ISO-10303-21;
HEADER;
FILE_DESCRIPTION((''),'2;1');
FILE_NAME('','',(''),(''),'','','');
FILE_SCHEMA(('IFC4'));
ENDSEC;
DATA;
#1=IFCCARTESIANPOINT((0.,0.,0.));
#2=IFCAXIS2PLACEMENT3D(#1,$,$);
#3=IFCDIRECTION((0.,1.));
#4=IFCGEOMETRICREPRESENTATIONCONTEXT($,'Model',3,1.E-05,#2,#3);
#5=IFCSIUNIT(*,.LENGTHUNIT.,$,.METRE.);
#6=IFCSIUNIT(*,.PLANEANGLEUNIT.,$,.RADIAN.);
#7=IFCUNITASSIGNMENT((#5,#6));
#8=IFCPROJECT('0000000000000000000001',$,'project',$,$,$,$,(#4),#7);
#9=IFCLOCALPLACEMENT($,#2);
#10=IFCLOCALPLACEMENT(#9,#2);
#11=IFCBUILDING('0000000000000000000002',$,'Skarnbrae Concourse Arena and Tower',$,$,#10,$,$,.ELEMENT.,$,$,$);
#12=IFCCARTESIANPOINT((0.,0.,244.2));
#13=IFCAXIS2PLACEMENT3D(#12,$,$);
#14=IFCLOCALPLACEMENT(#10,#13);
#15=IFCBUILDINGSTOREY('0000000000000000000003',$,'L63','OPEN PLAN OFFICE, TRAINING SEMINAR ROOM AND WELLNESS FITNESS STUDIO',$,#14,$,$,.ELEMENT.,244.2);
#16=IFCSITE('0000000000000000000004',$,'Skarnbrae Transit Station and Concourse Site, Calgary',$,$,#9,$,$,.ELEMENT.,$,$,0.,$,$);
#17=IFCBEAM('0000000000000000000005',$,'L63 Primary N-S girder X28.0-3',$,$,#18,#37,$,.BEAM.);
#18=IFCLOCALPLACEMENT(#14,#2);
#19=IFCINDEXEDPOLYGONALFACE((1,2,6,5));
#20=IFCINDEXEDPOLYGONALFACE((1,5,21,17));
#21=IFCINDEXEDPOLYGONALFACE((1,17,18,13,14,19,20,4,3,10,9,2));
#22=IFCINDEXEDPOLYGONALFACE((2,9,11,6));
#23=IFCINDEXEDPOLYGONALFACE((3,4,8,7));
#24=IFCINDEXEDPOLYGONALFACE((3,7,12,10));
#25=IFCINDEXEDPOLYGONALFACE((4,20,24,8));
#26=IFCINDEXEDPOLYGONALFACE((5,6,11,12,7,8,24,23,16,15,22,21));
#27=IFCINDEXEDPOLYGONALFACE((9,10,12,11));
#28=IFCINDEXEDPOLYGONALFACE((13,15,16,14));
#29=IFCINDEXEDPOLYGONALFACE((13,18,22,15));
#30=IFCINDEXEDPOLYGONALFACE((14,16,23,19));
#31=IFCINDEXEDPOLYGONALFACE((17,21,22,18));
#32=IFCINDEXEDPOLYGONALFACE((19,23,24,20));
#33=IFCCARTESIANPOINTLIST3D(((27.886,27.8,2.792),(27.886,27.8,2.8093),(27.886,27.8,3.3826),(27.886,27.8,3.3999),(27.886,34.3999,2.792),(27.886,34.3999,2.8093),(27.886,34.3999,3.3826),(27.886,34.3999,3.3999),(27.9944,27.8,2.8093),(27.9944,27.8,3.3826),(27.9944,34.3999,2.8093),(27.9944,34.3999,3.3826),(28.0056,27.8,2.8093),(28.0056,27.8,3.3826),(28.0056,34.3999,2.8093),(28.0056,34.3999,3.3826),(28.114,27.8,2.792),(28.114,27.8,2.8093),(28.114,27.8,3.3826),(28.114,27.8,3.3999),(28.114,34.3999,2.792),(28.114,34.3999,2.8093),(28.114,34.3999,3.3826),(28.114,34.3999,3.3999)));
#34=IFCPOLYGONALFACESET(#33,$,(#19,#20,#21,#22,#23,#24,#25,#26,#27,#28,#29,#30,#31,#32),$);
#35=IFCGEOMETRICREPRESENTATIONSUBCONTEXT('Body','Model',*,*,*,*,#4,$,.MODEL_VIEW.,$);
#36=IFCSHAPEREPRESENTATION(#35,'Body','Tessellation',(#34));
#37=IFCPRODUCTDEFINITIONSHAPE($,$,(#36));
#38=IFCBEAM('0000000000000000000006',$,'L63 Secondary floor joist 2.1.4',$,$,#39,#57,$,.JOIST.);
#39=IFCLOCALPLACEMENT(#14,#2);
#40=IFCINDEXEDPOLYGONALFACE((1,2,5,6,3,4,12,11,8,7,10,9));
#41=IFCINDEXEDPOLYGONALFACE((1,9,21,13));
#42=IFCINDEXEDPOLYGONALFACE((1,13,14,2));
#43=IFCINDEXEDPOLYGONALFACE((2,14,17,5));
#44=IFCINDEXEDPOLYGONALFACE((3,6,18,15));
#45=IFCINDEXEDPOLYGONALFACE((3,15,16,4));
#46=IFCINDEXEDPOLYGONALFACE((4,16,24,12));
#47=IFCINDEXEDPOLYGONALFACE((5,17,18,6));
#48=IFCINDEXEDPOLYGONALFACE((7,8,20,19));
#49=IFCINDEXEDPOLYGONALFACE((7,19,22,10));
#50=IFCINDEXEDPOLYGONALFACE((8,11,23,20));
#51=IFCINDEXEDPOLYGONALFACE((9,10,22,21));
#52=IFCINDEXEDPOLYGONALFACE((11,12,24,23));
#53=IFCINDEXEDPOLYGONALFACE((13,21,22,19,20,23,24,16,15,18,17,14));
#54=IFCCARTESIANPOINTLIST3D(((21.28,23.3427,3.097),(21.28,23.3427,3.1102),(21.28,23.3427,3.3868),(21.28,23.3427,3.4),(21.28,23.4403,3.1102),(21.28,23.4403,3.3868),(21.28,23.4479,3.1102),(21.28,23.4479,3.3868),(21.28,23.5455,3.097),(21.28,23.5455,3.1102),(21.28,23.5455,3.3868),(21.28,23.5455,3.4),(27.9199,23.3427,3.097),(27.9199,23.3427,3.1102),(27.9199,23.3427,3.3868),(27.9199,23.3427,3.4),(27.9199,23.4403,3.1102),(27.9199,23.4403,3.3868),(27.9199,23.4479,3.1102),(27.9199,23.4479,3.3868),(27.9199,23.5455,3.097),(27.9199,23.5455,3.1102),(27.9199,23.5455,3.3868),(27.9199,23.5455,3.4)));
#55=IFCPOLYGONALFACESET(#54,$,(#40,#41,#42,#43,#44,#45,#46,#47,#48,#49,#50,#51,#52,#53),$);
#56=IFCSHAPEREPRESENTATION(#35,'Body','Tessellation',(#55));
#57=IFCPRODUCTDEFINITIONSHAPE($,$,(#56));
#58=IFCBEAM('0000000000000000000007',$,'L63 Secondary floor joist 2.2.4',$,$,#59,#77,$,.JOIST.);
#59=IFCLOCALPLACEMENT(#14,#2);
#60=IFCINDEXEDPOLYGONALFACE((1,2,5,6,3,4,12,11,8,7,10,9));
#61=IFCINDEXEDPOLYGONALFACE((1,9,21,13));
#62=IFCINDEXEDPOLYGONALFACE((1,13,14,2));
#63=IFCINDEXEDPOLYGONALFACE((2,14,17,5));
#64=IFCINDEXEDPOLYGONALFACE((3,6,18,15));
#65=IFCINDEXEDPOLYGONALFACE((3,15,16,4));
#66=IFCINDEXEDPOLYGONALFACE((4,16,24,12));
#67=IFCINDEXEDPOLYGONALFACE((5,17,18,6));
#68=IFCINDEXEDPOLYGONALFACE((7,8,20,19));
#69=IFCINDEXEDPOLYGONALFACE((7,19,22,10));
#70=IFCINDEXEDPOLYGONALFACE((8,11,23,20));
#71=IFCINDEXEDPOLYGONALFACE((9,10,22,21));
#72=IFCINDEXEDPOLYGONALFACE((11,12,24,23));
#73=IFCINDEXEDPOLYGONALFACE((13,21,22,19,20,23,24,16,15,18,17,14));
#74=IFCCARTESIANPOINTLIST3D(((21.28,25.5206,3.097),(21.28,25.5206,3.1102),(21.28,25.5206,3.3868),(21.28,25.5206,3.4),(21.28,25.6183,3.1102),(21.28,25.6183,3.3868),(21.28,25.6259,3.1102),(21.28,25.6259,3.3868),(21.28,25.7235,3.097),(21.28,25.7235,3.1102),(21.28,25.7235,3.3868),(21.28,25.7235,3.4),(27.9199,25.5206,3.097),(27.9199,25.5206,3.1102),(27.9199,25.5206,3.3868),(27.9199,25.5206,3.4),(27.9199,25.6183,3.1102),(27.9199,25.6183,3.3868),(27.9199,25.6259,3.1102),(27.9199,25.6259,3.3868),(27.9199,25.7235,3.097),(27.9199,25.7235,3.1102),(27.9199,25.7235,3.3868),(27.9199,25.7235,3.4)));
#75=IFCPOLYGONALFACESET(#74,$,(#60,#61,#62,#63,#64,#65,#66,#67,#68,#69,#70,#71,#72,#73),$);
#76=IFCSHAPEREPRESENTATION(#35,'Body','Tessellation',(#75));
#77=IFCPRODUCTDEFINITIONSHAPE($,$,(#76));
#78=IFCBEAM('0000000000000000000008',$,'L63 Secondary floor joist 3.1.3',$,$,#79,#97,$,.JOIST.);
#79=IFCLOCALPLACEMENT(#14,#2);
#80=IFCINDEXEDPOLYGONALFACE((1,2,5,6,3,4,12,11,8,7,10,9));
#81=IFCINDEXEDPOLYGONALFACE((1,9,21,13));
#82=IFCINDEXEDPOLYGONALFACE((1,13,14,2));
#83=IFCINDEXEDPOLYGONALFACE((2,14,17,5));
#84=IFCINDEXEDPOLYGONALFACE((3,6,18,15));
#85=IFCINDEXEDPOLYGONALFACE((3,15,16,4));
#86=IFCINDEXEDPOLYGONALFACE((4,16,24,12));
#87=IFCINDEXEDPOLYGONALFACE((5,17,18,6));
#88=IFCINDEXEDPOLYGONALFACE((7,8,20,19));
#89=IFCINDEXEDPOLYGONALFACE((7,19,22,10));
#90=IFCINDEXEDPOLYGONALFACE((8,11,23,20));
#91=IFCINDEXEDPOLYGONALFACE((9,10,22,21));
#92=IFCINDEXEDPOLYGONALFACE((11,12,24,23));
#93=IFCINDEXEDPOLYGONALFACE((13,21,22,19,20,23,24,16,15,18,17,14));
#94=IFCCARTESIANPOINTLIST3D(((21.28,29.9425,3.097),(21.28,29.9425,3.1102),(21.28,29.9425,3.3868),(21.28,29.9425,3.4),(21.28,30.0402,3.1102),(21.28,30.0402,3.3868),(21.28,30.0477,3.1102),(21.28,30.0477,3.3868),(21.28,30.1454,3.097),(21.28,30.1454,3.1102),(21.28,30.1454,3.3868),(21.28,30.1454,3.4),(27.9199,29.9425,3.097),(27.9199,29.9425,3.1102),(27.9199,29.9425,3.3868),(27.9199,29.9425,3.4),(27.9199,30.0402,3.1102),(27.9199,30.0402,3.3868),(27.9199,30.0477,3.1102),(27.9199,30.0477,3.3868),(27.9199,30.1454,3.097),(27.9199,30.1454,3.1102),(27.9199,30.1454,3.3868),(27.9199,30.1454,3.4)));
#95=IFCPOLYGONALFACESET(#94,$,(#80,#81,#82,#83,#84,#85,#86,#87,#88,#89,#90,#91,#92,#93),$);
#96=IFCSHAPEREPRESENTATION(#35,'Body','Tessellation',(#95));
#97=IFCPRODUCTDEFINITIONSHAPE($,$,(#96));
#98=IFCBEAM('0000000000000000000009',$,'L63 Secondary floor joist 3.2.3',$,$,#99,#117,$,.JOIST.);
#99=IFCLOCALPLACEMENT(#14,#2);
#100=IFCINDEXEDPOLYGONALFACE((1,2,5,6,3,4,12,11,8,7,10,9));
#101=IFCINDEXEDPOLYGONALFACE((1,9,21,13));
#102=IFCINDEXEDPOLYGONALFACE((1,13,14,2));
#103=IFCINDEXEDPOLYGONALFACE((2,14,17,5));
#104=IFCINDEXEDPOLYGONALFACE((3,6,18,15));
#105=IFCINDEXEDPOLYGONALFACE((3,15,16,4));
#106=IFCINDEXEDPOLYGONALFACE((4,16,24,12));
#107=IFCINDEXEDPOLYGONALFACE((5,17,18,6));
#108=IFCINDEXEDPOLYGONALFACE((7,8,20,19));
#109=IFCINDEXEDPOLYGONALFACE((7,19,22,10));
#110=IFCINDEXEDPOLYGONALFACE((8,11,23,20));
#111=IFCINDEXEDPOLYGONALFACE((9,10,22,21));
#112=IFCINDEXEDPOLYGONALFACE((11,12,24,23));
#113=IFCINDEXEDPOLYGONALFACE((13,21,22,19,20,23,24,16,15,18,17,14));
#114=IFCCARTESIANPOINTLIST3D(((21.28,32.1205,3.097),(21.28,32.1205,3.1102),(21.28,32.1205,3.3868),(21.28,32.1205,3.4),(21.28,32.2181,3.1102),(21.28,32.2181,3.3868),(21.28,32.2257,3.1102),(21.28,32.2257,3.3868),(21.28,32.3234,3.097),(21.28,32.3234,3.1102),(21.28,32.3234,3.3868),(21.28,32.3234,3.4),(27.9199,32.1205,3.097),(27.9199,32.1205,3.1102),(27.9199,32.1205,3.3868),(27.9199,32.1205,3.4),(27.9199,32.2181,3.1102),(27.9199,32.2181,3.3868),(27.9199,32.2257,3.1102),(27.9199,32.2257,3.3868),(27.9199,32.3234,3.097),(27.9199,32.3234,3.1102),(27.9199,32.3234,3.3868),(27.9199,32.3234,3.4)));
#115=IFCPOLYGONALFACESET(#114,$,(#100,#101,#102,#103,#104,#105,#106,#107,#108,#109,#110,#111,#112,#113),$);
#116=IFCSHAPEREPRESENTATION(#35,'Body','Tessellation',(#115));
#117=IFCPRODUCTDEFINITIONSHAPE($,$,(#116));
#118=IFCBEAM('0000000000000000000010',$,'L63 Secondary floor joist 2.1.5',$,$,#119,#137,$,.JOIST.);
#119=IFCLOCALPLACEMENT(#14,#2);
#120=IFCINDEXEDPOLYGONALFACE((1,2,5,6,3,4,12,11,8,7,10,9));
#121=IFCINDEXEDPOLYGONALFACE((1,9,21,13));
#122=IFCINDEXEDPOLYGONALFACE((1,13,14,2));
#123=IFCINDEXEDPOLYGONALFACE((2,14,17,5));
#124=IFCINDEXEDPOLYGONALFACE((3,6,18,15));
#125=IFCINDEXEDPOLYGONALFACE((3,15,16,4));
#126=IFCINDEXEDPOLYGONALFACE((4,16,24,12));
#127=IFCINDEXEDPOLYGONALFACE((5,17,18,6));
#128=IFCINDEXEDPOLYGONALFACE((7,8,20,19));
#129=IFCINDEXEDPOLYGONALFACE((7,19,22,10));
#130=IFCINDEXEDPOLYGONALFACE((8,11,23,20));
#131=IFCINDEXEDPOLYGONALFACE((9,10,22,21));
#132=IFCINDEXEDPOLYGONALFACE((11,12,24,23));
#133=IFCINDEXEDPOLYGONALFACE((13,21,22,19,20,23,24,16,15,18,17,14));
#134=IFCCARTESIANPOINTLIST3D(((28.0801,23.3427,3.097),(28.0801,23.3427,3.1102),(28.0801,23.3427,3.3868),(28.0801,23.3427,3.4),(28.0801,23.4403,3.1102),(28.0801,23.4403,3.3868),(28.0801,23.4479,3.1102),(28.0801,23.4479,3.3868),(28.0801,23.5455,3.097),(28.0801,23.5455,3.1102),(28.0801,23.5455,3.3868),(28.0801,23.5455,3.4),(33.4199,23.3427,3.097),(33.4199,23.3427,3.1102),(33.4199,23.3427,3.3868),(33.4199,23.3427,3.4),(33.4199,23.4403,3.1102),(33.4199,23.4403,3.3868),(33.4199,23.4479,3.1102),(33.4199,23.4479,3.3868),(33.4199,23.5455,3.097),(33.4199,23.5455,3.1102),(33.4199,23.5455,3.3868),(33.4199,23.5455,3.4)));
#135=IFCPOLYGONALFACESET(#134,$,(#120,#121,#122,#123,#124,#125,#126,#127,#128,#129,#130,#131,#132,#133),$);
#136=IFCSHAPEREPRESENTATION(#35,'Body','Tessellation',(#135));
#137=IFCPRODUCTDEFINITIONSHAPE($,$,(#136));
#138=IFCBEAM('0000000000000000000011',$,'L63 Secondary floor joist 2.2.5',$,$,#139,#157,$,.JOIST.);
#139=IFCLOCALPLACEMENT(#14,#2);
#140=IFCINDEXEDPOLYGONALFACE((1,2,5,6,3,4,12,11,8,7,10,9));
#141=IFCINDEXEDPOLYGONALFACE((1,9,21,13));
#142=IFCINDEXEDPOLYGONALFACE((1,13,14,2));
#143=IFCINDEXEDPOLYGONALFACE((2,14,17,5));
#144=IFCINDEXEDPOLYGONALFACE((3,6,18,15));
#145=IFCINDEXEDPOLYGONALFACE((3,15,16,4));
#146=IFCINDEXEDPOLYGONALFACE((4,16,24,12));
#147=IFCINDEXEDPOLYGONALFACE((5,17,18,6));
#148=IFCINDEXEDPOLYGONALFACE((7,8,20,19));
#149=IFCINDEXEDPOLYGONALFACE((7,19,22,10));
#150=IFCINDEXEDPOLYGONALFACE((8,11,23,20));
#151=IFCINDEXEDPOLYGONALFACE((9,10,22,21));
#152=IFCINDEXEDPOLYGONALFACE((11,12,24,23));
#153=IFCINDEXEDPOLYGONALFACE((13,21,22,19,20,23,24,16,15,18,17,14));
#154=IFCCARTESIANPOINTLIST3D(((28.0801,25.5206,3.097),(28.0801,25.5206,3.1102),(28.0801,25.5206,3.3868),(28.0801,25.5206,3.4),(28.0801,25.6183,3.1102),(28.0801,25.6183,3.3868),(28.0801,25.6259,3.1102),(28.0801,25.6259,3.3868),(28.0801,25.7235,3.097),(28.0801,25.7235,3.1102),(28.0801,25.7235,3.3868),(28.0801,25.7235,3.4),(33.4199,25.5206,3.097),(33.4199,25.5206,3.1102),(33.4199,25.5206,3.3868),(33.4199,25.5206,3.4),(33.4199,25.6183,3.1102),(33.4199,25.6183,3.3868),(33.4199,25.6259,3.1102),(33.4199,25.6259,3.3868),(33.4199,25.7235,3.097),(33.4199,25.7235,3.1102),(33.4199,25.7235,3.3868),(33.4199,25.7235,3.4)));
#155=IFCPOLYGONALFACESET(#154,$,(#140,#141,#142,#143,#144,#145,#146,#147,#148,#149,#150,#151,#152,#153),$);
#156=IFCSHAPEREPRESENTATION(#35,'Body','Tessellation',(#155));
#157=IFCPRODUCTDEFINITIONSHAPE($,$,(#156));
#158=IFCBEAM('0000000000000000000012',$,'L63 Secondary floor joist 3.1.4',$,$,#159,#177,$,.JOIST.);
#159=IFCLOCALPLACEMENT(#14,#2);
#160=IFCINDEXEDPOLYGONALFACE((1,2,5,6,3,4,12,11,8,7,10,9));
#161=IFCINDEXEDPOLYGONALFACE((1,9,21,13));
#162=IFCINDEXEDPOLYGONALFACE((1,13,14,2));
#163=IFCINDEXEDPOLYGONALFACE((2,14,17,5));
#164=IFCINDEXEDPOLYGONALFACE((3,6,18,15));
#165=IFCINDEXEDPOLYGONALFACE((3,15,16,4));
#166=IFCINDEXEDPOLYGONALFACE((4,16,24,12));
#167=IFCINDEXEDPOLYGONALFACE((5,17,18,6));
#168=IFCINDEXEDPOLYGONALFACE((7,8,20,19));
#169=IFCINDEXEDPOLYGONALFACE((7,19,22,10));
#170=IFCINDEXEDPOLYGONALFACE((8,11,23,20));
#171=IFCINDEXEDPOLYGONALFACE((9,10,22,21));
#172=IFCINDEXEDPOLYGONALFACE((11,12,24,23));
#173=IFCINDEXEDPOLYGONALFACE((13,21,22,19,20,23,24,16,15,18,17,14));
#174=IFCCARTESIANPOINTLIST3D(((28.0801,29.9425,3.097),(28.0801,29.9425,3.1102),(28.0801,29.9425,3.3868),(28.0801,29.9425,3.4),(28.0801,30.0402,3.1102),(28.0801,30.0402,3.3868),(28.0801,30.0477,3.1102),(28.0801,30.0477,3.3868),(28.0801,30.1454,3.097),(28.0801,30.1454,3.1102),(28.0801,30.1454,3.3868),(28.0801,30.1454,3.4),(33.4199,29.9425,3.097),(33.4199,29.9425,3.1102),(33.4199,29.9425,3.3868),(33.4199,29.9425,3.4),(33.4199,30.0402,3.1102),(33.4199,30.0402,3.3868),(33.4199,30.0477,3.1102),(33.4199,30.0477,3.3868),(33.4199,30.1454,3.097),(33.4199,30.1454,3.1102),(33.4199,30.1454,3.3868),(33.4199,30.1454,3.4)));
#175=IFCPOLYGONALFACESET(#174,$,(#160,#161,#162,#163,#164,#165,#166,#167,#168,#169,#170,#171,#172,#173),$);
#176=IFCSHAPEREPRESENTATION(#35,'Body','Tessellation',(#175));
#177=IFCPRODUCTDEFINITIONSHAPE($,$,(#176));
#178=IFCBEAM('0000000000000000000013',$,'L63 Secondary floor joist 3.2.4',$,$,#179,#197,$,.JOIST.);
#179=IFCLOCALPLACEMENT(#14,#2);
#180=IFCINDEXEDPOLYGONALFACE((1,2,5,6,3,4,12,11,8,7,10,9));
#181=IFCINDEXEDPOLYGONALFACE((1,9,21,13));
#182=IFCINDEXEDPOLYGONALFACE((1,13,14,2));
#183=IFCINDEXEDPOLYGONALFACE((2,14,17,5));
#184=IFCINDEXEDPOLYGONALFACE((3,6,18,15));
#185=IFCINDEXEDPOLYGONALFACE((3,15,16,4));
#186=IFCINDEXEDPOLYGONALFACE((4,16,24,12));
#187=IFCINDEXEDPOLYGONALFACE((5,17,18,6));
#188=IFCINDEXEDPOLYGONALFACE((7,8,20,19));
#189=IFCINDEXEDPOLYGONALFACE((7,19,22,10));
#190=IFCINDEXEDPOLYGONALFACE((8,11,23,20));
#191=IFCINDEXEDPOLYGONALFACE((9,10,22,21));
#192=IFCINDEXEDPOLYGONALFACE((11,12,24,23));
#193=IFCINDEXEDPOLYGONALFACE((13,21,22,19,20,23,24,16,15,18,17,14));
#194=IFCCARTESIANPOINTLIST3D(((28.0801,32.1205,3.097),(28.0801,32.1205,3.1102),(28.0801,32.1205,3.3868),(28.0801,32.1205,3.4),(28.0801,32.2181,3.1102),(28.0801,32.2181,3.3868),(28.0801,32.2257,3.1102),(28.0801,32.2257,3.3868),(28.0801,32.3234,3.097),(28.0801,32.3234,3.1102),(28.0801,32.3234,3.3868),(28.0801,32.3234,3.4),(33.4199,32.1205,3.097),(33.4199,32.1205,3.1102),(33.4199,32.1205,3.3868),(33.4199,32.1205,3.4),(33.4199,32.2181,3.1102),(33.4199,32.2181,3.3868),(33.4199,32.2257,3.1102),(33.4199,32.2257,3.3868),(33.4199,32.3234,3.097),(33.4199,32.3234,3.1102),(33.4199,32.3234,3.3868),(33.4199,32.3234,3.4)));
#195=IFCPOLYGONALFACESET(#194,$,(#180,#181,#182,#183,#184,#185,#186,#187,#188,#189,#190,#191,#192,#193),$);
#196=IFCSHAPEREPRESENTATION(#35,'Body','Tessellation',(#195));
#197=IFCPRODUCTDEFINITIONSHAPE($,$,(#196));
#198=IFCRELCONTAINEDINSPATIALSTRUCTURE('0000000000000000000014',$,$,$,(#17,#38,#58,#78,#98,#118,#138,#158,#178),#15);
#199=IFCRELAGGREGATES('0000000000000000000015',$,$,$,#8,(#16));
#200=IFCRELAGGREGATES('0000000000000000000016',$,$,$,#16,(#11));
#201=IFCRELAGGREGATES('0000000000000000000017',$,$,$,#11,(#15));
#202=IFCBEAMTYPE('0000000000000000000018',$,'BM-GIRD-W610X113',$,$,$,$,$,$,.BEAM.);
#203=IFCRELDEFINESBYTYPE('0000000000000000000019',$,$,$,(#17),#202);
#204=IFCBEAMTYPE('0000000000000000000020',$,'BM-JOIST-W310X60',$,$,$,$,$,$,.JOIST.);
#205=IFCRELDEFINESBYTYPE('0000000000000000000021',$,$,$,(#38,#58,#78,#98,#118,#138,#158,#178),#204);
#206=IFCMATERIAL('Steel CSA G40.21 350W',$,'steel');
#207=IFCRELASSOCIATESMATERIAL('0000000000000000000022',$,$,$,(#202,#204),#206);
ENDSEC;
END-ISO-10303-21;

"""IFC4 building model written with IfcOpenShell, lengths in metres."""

from ifc_helpers import new_model, si_unit, direction, frame, origin, origin_2d, place, context, subcontext, project, spatial, i_section, extrude, source, transform, mapped, material, material_profile, profile_set, type_object, element, save


model = new_model("IFC4")

# Units and contexts
model_context = context("Model", 3, precision=1e-05, world=origin(), true_north=direction((0.0, 1.0)))
body_context = subcontext(model_context, "Body", "Model", "MODEL_VIEW")
ifc_project = project(units=[si_unit("LENGTHUNIT", "METRE"), si_unit("PLANEANGLEUNIT", "RADIAN")], contexts=[model_context])

# Site, building, storey
site_placement = place(None, origin())
site = spatial("IfcSite", under=ifc_project, at=site_placement, Name="Skarnbrae Transit Station and Concourse Site, Calgary", CompositionType="ELEMENT", RefElevation=0.0)
building_placement = place(site_placement, origin())
building = spatial("IfcBuilding", under=site, at=building_placement, Name="Skarnbrae Concourse Arena and Tower", CompositionType="ELEMENT")
storey_placement = place(building_placement, frame((0.0, 0.0, 244.2)))
storey = spatial("IfcBuildingStorey", under=building, at=storey_placement, Name="L63", Description="OPEN PLAN OFFICE, TRAINING SEMINAR ROOM AND WELLNESS FITNESS STUDIO", CompositionType="ELEMENT", Elevation=244.2)

# Shared definitions
ifc_material_1 = material(Name="Steel CSA G40.21 350W", Category="steel")

# Beams
ifc_material_profile_1 = material_profile(ifc_material_1, i_section(OverallWidth=0.228, OverallDepth=0.6079, WebThickness=0.0112, FlangeThickness=0.0173, at=origin_2d()), Name="W610X113")
ifc_profile_set_1 = profile_set([ifc_material_profile_1], Name="Steel CSA G40.21 350W")
beam_type_1 = type_object("IfcBeamType", Name="BM-GIRD-W610X113", PredefinedType="BEAM", material=ifc_profile_set_1)
shared_shape_1 = source(origin(), body_context, "Body", "SweptSolid", [
    extrude(i_section(OverallWidth=0.228, OverallDepth=0.6079, WebThickness=0.0112, FlangeThickness=0.0173, at=origin_2d()), origin(), (0.0, 0.0, 1.0), 6.5999),
])
for number, where, z_axis, x_axis, name in (
    (1, (28.0, 27.8, 3.0959), (0.0, 1.0, 0.0), (-1.0, 0.0, 0.0), "L63 Primary N-S girder X28.0-3"),
):
    element("IfcBeam", number, at=place(storey_placement, frame(where, z_axis=z_axis, x_axis=x_axis)), inside=storey, type_object=beam_type_1, Name=name, PredefinedType="BEAM", context=body_context, shape_type="MappedRepresentation", body=[
        mapped(shared_shape_1, transform((0.0, 0.0, 0.0))),
    ])
ifc_material_profile_2 = material_profile(ifc_material_1, i_section(OverallWidth=0.2029, OverallDepth=0.303, WebThickness=0.0076, FlangeThickness=0.0132, at=origin_2d()), Name="W310X60")
ifc_profile_set_2 = profile_set([ifc_material_profile_2], Name="Steel CSA G40.21 350W")
beam_type_2 = type_object("IfcBeamType", Name="BM-JOIST-W310X60", PredefinedType="JOIST", material=ifc_profile_set_2)
shared_shape_2 = source(origin(), body_context, "Body", "SweptSolid", [
    extrude(i_section(OverallWidth=0.2029, OverallDepth=0.303, WebThickness=0.0076, FlangeThickness=0.0132, at=origin_2d()), origin(), (0.0, 0.0, 1.0), 6.6399),
])
for number, where, z_axis, x_axis, name in (
    (2, (21.28, 23.4441, 3.2485), (1.0, 0.0, 0.0), (0.0, 1.0, 0.0), "L63 Secondary floor joist 2.1.4"),
    (3, (21.28, 25.6221, 3.2485), (1.0, 0.0, 0.0), (0.0, 1.0, 0.0), "L63 Secondary floor joist 2.2.4"),
    (4, (21.28, 30.0439, 3.2485), (1.0, 0.0, 0.0), (0.0, 1.0, 0.0), "L63 Secondary floor joist 3.1.3"),
    (5, (21.28, 32.2219, 3.2485), (1.0, 0.0, 0.0), (0.0, 1.0, 0.0), "L63 Secondary floor joist 3.2.3"),
):
    element("IfcBeam", number, at=place(storey_placement, frame(where, z_axis=z_axis, x_axis=x_axis)), inside=storey, type_object=beam_type_2, Name=name, PredefinedType="JOIST", context=body_context, shape_type="MappedRepresentation", body=[
        mapped(shared_shape_2, transform((0.0, 0.0, 0.0))),
    ])
shared_shape_3 = source(origin(), body_context, "Body", "SweptSolid", [
    extrude(i_section(OverallWidth=0.2029, OverallDepth=0.303, WebThickness=0.0076, FlangeThickness=0.0132, at=origin_2d()), origin(), (0.0, 0.0, 1.0), 5.3398),
])
for number, where, z_axis, x_axis, name in (
    (6, (28.0801, 23.4441, 3.2485), (1.0, 0.0, 0.0), (0.0, 1.0, 0.0), "L63 Secondary floor joist 2.1.5"),
    (7, (28.0801, 25.6221, 3.2485), (1.0, 0.0, 0.0), (0.0, 1.0, 0.0), "L63 Secondary floor joist 2.2.5"),
    (8, (28.0801, 30.0439, 3.2485), (1.0, 0.0, 0.0), (0.0, 1.0, 0.0), "L63 Secondary floor joist 3.1.4"),
    (9, (28.0801, 32.2219, 3.2485), (1.0, 0.0, 0.0), (0.0, 1.0, 0.0), "L63 Secondary floor joist 3.2.4"),
):
    element("IfcBeam", number, at=place(storey_placement, frame(where, z_axis=z_axis, x_axis=x_axis)), inside=storey, type_object=beam_type_2, Name=name, PredefinedType="JOIST", context=body_context, shape_type="MappedRepresentation", body=[
        mapped(shared_shape_3, transform((0.0, 0.0, 0.0))),
    ])

save(model, "model.ifc")
